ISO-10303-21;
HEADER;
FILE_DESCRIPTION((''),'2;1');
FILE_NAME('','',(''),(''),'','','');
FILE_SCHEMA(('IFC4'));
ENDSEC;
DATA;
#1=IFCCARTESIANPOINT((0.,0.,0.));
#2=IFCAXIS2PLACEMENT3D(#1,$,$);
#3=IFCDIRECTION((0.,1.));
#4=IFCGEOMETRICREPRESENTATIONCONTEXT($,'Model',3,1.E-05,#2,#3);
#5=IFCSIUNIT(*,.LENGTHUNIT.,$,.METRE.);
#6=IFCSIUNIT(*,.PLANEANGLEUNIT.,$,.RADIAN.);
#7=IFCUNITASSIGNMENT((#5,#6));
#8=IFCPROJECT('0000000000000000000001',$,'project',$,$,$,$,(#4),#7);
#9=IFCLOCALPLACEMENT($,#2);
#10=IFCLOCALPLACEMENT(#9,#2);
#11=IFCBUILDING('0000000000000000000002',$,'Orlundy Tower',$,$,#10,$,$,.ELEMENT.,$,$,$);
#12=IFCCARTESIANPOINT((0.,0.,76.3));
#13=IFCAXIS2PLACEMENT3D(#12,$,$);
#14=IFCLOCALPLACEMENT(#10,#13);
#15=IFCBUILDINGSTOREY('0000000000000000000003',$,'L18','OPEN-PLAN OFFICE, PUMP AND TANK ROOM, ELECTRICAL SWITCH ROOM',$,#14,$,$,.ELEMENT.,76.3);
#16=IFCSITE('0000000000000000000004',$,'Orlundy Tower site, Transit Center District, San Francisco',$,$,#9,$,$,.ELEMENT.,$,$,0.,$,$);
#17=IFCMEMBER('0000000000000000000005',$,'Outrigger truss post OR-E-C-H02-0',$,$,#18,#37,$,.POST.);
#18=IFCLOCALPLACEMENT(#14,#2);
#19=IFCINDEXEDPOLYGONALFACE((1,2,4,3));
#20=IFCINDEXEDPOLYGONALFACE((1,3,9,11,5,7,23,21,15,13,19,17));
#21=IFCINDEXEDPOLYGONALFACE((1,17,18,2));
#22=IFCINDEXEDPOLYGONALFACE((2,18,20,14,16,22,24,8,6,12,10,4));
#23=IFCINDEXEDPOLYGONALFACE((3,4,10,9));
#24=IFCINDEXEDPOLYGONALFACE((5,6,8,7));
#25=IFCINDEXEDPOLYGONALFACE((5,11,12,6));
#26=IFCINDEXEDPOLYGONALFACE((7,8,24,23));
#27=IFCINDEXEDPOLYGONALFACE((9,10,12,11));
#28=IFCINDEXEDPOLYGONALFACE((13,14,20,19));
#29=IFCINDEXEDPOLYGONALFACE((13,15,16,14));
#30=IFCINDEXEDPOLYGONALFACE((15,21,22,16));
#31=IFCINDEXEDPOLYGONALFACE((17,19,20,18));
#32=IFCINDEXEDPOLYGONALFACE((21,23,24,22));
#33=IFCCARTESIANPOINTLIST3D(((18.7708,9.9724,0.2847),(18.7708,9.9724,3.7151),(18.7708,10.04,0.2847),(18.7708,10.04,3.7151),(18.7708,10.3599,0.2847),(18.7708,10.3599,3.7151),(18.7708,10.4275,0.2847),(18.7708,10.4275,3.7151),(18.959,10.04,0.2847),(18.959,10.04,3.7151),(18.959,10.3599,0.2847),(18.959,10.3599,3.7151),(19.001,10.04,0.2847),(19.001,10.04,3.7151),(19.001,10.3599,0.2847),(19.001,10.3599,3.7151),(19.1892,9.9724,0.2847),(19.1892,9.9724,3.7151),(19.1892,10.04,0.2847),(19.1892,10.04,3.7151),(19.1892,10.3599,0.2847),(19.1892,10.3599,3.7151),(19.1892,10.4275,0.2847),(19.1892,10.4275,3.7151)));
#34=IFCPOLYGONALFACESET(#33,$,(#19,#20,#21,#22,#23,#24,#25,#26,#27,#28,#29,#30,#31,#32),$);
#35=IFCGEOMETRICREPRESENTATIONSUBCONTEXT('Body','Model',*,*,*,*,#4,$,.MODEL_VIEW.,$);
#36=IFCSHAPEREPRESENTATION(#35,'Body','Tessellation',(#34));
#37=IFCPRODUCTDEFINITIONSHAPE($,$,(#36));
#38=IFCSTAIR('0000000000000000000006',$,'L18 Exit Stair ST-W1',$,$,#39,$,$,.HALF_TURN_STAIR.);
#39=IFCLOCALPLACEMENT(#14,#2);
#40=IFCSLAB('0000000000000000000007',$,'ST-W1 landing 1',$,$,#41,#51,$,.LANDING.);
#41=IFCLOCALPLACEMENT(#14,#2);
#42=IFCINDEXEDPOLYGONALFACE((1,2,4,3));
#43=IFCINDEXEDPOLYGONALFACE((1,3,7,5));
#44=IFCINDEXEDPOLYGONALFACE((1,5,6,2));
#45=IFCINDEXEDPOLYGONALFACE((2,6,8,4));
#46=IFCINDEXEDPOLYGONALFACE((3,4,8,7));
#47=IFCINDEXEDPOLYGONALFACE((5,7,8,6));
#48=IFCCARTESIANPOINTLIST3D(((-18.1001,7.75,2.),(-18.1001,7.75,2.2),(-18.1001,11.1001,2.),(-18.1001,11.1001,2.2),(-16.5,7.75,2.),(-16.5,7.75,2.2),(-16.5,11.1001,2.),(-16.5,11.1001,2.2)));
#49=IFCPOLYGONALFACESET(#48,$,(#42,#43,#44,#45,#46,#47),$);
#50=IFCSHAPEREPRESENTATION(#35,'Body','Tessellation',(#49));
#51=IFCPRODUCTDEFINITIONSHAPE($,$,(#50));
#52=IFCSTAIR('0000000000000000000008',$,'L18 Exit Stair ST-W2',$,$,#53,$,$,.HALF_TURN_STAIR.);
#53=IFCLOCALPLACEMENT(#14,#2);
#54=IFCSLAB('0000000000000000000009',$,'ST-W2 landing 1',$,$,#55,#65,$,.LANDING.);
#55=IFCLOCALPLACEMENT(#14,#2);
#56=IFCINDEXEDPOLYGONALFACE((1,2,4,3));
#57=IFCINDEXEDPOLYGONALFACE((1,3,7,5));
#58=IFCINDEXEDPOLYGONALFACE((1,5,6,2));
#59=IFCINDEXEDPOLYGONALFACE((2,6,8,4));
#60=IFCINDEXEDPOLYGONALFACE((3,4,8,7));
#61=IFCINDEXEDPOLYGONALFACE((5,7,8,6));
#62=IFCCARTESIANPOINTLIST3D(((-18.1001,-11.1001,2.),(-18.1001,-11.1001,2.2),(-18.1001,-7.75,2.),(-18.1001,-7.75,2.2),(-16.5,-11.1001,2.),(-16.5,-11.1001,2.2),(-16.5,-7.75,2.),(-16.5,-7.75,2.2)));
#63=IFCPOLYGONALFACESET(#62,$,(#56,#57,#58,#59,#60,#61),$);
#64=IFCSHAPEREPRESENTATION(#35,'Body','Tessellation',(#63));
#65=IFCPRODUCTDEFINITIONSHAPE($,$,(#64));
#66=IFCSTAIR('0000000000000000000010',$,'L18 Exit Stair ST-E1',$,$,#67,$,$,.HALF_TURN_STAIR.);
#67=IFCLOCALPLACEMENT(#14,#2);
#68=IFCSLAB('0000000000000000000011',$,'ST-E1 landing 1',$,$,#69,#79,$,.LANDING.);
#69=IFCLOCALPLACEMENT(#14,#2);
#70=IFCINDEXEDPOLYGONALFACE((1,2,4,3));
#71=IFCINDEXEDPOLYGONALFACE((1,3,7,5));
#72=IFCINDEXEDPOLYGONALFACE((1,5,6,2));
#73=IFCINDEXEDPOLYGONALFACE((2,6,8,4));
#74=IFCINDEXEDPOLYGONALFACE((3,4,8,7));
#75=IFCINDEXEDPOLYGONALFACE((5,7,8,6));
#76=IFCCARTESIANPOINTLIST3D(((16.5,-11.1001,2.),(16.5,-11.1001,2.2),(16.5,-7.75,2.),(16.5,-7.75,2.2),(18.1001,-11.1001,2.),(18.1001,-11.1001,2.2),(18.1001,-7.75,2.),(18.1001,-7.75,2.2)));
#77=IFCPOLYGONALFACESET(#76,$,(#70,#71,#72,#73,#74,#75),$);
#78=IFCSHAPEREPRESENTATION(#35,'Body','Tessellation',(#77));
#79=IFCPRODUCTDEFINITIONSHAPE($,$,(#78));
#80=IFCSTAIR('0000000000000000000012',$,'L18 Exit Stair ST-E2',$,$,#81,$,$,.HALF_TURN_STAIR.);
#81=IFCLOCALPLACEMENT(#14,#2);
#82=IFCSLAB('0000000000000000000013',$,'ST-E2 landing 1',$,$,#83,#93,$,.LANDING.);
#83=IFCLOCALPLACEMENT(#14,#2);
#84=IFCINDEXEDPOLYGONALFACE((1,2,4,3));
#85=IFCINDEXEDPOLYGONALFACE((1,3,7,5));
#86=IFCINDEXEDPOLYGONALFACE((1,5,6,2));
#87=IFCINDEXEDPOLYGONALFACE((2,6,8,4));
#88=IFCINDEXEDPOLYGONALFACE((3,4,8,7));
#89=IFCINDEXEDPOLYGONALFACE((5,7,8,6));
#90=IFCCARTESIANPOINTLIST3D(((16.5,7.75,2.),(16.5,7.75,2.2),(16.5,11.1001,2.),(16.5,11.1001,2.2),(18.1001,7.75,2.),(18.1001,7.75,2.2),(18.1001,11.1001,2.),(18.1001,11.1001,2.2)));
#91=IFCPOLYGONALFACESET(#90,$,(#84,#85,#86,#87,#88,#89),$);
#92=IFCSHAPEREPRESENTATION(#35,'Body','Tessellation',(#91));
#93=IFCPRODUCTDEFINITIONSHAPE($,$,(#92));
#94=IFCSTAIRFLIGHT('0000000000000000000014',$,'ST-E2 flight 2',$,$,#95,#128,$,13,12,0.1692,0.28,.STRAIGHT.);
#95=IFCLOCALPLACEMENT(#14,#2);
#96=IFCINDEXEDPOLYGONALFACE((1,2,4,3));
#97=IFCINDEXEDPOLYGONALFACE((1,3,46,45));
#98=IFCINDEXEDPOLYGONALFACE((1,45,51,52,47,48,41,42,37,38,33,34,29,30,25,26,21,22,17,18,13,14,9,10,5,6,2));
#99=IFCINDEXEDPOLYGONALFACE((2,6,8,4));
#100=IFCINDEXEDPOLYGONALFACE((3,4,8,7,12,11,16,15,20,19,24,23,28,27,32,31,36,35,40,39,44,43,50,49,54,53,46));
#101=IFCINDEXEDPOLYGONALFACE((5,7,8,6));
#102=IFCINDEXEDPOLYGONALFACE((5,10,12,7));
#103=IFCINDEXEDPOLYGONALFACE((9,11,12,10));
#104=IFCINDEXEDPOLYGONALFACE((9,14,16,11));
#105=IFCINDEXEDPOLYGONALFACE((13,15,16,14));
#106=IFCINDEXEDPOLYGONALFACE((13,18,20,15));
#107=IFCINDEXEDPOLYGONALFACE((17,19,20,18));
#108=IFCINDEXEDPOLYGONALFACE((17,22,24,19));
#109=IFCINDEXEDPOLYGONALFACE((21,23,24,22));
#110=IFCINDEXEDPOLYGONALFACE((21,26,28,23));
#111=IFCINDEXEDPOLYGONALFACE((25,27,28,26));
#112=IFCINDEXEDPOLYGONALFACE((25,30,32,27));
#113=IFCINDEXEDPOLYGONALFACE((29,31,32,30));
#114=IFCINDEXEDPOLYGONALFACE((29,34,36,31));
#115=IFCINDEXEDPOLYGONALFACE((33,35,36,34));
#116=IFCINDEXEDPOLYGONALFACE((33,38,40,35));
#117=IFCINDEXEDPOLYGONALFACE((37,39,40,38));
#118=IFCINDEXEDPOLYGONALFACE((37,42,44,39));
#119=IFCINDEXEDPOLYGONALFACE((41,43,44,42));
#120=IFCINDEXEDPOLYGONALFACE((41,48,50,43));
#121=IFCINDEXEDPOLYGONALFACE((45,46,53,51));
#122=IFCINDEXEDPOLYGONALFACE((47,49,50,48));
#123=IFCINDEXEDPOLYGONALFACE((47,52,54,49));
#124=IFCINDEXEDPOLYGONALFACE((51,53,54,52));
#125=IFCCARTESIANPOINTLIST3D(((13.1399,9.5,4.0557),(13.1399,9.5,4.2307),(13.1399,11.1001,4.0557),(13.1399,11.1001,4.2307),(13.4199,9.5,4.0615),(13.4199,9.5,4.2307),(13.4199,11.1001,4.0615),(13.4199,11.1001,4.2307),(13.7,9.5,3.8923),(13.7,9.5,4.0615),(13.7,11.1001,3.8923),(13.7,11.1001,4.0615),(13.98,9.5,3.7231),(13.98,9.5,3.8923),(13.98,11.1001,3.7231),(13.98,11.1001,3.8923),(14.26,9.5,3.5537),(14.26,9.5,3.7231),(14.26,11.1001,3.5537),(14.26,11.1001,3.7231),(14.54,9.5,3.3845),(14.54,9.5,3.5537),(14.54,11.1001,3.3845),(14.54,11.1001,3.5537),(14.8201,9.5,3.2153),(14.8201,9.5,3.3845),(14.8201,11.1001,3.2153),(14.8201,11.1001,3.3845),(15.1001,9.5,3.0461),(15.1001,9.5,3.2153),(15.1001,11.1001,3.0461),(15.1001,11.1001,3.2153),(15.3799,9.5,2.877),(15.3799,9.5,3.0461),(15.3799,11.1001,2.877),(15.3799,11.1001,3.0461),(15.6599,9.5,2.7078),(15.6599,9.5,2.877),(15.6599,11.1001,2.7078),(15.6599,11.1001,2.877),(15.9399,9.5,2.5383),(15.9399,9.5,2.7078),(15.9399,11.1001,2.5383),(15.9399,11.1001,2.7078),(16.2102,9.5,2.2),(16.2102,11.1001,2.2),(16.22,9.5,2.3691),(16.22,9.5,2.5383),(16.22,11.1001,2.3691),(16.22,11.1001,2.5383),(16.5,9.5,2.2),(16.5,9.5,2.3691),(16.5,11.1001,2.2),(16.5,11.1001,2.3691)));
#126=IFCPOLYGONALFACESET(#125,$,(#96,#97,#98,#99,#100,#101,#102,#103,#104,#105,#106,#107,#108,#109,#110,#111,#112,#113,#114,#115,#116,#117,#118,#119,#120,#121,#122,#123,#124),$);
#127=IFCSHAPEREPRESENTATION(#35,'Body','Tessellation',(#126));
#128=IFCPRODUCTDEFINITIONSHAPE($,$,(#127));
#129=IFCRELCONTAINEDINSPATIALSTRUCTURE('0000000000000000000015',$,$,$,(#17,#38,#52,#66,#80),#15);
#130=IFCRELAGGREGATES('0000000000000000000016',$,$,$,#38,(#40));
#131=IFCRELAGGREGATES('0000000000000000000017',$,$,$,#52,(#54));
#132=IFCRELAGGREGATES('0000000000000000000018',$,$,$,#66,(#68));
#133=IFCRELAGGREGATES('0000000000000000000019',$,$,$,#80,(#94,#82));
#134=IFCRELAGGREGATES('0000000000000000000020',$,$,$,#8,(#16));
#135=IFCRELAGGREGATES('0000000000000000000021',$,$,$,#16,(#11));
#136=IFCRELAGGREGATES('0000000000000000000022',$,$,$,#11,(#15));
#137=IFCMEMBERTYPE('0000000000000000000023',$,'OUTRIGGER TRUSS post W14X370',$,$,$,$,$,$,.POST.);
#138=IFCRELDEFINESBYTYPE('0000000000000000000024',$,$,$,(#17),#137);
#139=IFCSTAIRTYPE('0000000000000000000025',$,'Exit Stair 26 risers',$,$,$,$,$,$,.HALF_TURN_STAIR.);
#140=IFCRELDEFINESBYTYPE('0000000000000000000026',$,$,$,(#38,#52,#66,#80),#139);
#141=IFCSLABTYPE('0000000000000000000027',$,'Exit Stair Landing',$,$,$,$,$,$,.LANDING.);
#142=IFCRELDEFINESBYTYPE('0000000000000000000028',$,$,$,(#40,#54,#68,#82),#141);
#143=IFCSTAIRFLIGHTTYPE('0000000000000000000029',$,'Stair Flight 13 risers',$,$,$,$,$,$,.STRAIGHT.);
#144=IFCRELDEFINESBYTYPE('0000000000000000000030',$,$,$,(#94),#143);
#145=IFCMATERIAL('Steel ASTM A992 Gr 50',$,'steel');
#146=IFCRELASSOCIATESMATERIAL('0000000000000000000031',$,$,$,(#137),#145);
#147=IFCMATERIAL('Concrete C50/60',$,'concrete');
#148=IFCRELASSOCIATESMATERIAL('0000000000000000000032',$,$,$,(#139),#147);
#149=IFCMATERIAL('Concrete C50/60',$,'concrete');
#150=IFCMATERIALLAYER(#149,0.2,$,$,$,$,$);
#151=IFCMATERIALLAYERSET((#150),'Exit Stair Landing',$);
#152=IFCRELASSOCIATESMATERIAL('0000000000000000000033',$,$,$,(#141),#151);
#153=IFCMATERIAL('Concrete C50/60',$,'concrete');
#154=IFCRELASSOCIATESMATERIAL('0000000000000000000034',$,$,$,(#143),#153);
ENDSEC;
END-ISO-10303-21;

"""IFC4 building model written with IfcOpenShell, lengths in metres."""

from ifc_helpers import new_model, si_unit, direction, frame, origin, origin_2d, place, context, subcontext, project, spatial, polyline, i_section, outline, extrude, material, layer, layer_set, material_profile, profile_set, type_object, element, aggregate, save


model = new_model("IFC4")

# Units and contexts
model_context = context("Model", 3, precision=1e-05, world=origin(), true_north=direction((0.0, 1.0)))
body_context = subcontext(model_context, "Body", "Model", "MODEL_VIEW")
ifc_project = project(units=[si_unit("LENGTHUNIT", "METRE"), si_unit("PLANEANGLEUNIT", "RADIAN")], contexts=[model_context])

# Site, building, storey
site_placement = place(None, origin())
site = spatial("IfcSite", under=ifc_project, at=site_placement, Name="Orlundy Tower site, Transit Center District, San Francisco", CompositionType="ELEMENT", RefElevation=0.0)
building_placement = place(site_placement, origin())
building = spatial("IfcBuilding", under=site, at=building_placement, Name="Orlundy Tower", CompositionType="ELEMENT")
storey_placement = place(building_placement, frame((0.0, 0.0, 76.3)))
storey = spatial("IfcBuildingStorey", under=building, at=storey_placement, Name="L18", Description="OPEN-PLAN OFFICE, PUMP AND TANK ROOM, ELECTRICAL SWITCH ROOM", CompositionType="ELEMENT", Elevation=76.3)

# Member
ifc_material_1 = material(Name="Steel ASTM A992 Gr 50", Category="steel")
ifc_material_profile_1 = material_profile(ifc_material_1, i_section(OverallWidth=0.4185, OverallDepth=0.4551, WebThickness=0.042, FlangeThickness=0.0676, at=origin_2d()), Name="W14X370")
ifc_profile_set_1 = profile_set([ifc_material_profile_1], Name="Steel ASTM A992 Gr 50")
member_type_1 = type_object("IfcMemberType", Name="OUTRIGGER TRUSS post W14X370", PredefinedType="POST", material=ifc_profile_set_1)
for number, where, z_axis, x_axis, name in (
    (1, (18.98, 10.2, 0.2847), (0.0, 0.0, 1.0), (1.0, 0.0, 0.0), "Outrigger truss post OR-E-C-H02-0"),
):
    element("IfcMember", number, at=place(storey_placement, frame(where, z_axis=z_axis, x_axis=x_axis)), inside=storey, type_object=member_type_1, Name=name, PredefinedType="POST", context=body_context, shape_type="SweptSolid", body=[
        extrude(i_section(OverallWidth=0.4185, OverallDepth=0.4551, WebThickness=0.042, FlangeThickness=0.0676, at=origin_2d()), origin(), (0.0, 0.0, 1.0), 3.4304),
    ])

# Stairs, slabs
ifc_material_2 = material(Name="Concrete C50/60", Category="concrete")
stair_type = type_object("IfcStairType", Name="Exit Stair 26 risers", PredefinedType="HALF_TURN_STAIR", material=ifc_material_2)
stair_1_placement = place(storey_placement, origin())
stair_1 = element("IfcStair", 2, at=stair_1_placement, inside=storey, type_object=stair_type, Name="L18 Exit Stair ST-W1", PredefinedType="HALF_TURN_STAIR")
ifc_material_3 = material(Name="Concrete C50/60", Category="concrete")
ifc_layer = layer(ifc_material_3, 0.2)
ifc_layer_set = layer_set([ifc_layer], Name="Exit Stair Landing")
slab_type = type_object("IfcSlabType", Name="Exit Stair Landing", PredefinedType="LANDING", material=ifc_layer_set)
slab_1_placement = place(storey_placement, frame((0.0, 0.0, 2.0)))
slab_1 = element("IfcSlab", 3, at=slab_1_placement, type_object=slab_type, Name="ST-W1 landing 1", PredefinedType="LANDING", context=body_context, shape_type="SweptSolid", body=[
    extrude(outline(polyline([(-16.5, 11.1001), (-18.1001, 11.1001), (-18.1001, 7.75), (-16.5, 7.75), (-16.5, 11.1001)])), origin(), (0.0, 0.0, 1.0), 0.2),
])
aggregate(stair_1, [slab_1])
stair_2_placement = place(storey_placement, origin())
stair_2 = element("IfcStair", 4, at=stair_2_placement, inside=storey, type_object=stair_type, Name="L18 Exit Stair ST-W2", PredefinedType="HALF_TURN_STAIR")
slab_2_placement = place(storey_placement, frame((0.0, 0.0, 2.0)))
slab_2 = element("IfcSlab", 5, at=slab_2_placement, type_object=slab_type, Name="ST-W2 landing 1", PredefinedType="LANDING", context=body_context, shape_type="SweptSolid", body=[
    extrude(outline(polyline([(-16.5, -7.75), (-18.1001, -7.75), (-18.1001, -11.1001), (-16.5, -11.1001), (-16.5, -7.75)])), origin(), (0.0, 0.0, 1.0), 0.2),
])
aggregate(stair_2, [slab_2])
stair_3_placement = place(storey_placement, origin())
stair_3 = element("IfcStair", 6, at=stair_3_placement, inside=storey, type_object=stair_type, Name="L18 Exit Stair ST-E1", PredefinedType="HALF_TURN_STAIR")
slab_3_placement = place(storey_placement, frame((0.0, 0.0, 2.0)))
slab_3 = element("IfcSlab", 7, at=slab_3_placement, type_object=slab_type, Name="ST-E1 landing 1", PredefinedType="LANDING", context=body_context, shape_type="SweptSolid", body=[
    extrude(outline(polyline([(16.5, -11.1001), (18.1001, -11.1001), (18.1001, -7.75), (16.5, -7.75), (16.5, -11.1001)])), origin(), (0.0, 0.0, 1.0), 0.2),
])
aggregate(stair_3, [slab_3])

# Stair, slab, stair flight
stair_4_placement = place(storey_placement, origin())
stair_4 = element("IfcStair", 8, at=stair_4_placement, inside=storey, type_object=stair_type, Name="L18 Exit Stair ST-E2", PredefinedType="HALF_TURN_STAIR")
slab_4_placement = place(storey_placement, frame((0.0, 0.0, 2.0)))
slab_4 = element("IfcSlab", 9, at=slab_4_placement, type_object=slab_type, Name="ST-E2 landing 1", PredefinedType="LANDING", context=body_context, shape_type="SweptSolid", body=[
    extrude(outline(polyline([(16.5, 7.75), (18.1001, 7.75), (18.1001, 11.1001), (16.5, 11.1001), (16.5, 7.75)])), origin(), (0.0, 0.0, 1.0), 0.2),
])
ifc_material_4 = material(Name="Concrete C50/60", Category="concrete")
stair_flight_type = type_object("IfcStairFlightType", Name="Stair Flight 13 risers", PredefinedType="STRAIGHT", material=ifc_material_4)
stair_flight_placement = place(storey_placement, frame((16.5, 10.3, 2.2), z_axis=(0.0, 0.0, 1.0), x_axis=(-1.0, 0.0, 0.0)))
stair_flight = element("IfcStairFlight", 10, at=stair_flight_placement, type_object=stair_flight_type, Name="ST-E2 flight 2", NumberOfRisers=13, NumberOfTreads=12, PredefinedType="STRAIGHT", RiserHeight=0.1692, TreadLength=0.28, context=body_context, shape_type="SweptSolid", body=[
    extrude(outline(polyline([(0.0, 0.0), (0.0, 0.1692), (0.28, 0.1692), (0.28, 0.3384), (0.5601, 0.3384), (0.5601, 0.5078), (0.8401, 0.5078), (0.8401, 0.677), (1.1201, 0.677), (1.1201, 0.8462), (1.3999, 0.8462), (1.3999, 1.0154), (1.6799, 1.0154), (1.6799, 1.1846), (1.96, 1.1846), (1.96, 1.3538), (2.24, 1.3538), (2.24, 1.5232), (2.52, 1.5232), (2.52, 1.6924), (2.8, 1.6924), (2.8, 1.8616), (3.0801, 1.8616), (3.0801, 2.0308), (3.3601, 2.0308), (3.3601, 2.2), (3.3601, 1.8557), (0.2898, 0.0), (0.0, 0.0)])), frame((0.0, 0.8, 0.0), z_axis=(0.0, -1.0, 0.0), x_axis=(1.0, 0.0, 0.0)), (0.0, 0.0, 1.0), 1.6001),
])
aggregate(stair_4, [stair_flight, slab_4])

save(model, "model.ifc")
